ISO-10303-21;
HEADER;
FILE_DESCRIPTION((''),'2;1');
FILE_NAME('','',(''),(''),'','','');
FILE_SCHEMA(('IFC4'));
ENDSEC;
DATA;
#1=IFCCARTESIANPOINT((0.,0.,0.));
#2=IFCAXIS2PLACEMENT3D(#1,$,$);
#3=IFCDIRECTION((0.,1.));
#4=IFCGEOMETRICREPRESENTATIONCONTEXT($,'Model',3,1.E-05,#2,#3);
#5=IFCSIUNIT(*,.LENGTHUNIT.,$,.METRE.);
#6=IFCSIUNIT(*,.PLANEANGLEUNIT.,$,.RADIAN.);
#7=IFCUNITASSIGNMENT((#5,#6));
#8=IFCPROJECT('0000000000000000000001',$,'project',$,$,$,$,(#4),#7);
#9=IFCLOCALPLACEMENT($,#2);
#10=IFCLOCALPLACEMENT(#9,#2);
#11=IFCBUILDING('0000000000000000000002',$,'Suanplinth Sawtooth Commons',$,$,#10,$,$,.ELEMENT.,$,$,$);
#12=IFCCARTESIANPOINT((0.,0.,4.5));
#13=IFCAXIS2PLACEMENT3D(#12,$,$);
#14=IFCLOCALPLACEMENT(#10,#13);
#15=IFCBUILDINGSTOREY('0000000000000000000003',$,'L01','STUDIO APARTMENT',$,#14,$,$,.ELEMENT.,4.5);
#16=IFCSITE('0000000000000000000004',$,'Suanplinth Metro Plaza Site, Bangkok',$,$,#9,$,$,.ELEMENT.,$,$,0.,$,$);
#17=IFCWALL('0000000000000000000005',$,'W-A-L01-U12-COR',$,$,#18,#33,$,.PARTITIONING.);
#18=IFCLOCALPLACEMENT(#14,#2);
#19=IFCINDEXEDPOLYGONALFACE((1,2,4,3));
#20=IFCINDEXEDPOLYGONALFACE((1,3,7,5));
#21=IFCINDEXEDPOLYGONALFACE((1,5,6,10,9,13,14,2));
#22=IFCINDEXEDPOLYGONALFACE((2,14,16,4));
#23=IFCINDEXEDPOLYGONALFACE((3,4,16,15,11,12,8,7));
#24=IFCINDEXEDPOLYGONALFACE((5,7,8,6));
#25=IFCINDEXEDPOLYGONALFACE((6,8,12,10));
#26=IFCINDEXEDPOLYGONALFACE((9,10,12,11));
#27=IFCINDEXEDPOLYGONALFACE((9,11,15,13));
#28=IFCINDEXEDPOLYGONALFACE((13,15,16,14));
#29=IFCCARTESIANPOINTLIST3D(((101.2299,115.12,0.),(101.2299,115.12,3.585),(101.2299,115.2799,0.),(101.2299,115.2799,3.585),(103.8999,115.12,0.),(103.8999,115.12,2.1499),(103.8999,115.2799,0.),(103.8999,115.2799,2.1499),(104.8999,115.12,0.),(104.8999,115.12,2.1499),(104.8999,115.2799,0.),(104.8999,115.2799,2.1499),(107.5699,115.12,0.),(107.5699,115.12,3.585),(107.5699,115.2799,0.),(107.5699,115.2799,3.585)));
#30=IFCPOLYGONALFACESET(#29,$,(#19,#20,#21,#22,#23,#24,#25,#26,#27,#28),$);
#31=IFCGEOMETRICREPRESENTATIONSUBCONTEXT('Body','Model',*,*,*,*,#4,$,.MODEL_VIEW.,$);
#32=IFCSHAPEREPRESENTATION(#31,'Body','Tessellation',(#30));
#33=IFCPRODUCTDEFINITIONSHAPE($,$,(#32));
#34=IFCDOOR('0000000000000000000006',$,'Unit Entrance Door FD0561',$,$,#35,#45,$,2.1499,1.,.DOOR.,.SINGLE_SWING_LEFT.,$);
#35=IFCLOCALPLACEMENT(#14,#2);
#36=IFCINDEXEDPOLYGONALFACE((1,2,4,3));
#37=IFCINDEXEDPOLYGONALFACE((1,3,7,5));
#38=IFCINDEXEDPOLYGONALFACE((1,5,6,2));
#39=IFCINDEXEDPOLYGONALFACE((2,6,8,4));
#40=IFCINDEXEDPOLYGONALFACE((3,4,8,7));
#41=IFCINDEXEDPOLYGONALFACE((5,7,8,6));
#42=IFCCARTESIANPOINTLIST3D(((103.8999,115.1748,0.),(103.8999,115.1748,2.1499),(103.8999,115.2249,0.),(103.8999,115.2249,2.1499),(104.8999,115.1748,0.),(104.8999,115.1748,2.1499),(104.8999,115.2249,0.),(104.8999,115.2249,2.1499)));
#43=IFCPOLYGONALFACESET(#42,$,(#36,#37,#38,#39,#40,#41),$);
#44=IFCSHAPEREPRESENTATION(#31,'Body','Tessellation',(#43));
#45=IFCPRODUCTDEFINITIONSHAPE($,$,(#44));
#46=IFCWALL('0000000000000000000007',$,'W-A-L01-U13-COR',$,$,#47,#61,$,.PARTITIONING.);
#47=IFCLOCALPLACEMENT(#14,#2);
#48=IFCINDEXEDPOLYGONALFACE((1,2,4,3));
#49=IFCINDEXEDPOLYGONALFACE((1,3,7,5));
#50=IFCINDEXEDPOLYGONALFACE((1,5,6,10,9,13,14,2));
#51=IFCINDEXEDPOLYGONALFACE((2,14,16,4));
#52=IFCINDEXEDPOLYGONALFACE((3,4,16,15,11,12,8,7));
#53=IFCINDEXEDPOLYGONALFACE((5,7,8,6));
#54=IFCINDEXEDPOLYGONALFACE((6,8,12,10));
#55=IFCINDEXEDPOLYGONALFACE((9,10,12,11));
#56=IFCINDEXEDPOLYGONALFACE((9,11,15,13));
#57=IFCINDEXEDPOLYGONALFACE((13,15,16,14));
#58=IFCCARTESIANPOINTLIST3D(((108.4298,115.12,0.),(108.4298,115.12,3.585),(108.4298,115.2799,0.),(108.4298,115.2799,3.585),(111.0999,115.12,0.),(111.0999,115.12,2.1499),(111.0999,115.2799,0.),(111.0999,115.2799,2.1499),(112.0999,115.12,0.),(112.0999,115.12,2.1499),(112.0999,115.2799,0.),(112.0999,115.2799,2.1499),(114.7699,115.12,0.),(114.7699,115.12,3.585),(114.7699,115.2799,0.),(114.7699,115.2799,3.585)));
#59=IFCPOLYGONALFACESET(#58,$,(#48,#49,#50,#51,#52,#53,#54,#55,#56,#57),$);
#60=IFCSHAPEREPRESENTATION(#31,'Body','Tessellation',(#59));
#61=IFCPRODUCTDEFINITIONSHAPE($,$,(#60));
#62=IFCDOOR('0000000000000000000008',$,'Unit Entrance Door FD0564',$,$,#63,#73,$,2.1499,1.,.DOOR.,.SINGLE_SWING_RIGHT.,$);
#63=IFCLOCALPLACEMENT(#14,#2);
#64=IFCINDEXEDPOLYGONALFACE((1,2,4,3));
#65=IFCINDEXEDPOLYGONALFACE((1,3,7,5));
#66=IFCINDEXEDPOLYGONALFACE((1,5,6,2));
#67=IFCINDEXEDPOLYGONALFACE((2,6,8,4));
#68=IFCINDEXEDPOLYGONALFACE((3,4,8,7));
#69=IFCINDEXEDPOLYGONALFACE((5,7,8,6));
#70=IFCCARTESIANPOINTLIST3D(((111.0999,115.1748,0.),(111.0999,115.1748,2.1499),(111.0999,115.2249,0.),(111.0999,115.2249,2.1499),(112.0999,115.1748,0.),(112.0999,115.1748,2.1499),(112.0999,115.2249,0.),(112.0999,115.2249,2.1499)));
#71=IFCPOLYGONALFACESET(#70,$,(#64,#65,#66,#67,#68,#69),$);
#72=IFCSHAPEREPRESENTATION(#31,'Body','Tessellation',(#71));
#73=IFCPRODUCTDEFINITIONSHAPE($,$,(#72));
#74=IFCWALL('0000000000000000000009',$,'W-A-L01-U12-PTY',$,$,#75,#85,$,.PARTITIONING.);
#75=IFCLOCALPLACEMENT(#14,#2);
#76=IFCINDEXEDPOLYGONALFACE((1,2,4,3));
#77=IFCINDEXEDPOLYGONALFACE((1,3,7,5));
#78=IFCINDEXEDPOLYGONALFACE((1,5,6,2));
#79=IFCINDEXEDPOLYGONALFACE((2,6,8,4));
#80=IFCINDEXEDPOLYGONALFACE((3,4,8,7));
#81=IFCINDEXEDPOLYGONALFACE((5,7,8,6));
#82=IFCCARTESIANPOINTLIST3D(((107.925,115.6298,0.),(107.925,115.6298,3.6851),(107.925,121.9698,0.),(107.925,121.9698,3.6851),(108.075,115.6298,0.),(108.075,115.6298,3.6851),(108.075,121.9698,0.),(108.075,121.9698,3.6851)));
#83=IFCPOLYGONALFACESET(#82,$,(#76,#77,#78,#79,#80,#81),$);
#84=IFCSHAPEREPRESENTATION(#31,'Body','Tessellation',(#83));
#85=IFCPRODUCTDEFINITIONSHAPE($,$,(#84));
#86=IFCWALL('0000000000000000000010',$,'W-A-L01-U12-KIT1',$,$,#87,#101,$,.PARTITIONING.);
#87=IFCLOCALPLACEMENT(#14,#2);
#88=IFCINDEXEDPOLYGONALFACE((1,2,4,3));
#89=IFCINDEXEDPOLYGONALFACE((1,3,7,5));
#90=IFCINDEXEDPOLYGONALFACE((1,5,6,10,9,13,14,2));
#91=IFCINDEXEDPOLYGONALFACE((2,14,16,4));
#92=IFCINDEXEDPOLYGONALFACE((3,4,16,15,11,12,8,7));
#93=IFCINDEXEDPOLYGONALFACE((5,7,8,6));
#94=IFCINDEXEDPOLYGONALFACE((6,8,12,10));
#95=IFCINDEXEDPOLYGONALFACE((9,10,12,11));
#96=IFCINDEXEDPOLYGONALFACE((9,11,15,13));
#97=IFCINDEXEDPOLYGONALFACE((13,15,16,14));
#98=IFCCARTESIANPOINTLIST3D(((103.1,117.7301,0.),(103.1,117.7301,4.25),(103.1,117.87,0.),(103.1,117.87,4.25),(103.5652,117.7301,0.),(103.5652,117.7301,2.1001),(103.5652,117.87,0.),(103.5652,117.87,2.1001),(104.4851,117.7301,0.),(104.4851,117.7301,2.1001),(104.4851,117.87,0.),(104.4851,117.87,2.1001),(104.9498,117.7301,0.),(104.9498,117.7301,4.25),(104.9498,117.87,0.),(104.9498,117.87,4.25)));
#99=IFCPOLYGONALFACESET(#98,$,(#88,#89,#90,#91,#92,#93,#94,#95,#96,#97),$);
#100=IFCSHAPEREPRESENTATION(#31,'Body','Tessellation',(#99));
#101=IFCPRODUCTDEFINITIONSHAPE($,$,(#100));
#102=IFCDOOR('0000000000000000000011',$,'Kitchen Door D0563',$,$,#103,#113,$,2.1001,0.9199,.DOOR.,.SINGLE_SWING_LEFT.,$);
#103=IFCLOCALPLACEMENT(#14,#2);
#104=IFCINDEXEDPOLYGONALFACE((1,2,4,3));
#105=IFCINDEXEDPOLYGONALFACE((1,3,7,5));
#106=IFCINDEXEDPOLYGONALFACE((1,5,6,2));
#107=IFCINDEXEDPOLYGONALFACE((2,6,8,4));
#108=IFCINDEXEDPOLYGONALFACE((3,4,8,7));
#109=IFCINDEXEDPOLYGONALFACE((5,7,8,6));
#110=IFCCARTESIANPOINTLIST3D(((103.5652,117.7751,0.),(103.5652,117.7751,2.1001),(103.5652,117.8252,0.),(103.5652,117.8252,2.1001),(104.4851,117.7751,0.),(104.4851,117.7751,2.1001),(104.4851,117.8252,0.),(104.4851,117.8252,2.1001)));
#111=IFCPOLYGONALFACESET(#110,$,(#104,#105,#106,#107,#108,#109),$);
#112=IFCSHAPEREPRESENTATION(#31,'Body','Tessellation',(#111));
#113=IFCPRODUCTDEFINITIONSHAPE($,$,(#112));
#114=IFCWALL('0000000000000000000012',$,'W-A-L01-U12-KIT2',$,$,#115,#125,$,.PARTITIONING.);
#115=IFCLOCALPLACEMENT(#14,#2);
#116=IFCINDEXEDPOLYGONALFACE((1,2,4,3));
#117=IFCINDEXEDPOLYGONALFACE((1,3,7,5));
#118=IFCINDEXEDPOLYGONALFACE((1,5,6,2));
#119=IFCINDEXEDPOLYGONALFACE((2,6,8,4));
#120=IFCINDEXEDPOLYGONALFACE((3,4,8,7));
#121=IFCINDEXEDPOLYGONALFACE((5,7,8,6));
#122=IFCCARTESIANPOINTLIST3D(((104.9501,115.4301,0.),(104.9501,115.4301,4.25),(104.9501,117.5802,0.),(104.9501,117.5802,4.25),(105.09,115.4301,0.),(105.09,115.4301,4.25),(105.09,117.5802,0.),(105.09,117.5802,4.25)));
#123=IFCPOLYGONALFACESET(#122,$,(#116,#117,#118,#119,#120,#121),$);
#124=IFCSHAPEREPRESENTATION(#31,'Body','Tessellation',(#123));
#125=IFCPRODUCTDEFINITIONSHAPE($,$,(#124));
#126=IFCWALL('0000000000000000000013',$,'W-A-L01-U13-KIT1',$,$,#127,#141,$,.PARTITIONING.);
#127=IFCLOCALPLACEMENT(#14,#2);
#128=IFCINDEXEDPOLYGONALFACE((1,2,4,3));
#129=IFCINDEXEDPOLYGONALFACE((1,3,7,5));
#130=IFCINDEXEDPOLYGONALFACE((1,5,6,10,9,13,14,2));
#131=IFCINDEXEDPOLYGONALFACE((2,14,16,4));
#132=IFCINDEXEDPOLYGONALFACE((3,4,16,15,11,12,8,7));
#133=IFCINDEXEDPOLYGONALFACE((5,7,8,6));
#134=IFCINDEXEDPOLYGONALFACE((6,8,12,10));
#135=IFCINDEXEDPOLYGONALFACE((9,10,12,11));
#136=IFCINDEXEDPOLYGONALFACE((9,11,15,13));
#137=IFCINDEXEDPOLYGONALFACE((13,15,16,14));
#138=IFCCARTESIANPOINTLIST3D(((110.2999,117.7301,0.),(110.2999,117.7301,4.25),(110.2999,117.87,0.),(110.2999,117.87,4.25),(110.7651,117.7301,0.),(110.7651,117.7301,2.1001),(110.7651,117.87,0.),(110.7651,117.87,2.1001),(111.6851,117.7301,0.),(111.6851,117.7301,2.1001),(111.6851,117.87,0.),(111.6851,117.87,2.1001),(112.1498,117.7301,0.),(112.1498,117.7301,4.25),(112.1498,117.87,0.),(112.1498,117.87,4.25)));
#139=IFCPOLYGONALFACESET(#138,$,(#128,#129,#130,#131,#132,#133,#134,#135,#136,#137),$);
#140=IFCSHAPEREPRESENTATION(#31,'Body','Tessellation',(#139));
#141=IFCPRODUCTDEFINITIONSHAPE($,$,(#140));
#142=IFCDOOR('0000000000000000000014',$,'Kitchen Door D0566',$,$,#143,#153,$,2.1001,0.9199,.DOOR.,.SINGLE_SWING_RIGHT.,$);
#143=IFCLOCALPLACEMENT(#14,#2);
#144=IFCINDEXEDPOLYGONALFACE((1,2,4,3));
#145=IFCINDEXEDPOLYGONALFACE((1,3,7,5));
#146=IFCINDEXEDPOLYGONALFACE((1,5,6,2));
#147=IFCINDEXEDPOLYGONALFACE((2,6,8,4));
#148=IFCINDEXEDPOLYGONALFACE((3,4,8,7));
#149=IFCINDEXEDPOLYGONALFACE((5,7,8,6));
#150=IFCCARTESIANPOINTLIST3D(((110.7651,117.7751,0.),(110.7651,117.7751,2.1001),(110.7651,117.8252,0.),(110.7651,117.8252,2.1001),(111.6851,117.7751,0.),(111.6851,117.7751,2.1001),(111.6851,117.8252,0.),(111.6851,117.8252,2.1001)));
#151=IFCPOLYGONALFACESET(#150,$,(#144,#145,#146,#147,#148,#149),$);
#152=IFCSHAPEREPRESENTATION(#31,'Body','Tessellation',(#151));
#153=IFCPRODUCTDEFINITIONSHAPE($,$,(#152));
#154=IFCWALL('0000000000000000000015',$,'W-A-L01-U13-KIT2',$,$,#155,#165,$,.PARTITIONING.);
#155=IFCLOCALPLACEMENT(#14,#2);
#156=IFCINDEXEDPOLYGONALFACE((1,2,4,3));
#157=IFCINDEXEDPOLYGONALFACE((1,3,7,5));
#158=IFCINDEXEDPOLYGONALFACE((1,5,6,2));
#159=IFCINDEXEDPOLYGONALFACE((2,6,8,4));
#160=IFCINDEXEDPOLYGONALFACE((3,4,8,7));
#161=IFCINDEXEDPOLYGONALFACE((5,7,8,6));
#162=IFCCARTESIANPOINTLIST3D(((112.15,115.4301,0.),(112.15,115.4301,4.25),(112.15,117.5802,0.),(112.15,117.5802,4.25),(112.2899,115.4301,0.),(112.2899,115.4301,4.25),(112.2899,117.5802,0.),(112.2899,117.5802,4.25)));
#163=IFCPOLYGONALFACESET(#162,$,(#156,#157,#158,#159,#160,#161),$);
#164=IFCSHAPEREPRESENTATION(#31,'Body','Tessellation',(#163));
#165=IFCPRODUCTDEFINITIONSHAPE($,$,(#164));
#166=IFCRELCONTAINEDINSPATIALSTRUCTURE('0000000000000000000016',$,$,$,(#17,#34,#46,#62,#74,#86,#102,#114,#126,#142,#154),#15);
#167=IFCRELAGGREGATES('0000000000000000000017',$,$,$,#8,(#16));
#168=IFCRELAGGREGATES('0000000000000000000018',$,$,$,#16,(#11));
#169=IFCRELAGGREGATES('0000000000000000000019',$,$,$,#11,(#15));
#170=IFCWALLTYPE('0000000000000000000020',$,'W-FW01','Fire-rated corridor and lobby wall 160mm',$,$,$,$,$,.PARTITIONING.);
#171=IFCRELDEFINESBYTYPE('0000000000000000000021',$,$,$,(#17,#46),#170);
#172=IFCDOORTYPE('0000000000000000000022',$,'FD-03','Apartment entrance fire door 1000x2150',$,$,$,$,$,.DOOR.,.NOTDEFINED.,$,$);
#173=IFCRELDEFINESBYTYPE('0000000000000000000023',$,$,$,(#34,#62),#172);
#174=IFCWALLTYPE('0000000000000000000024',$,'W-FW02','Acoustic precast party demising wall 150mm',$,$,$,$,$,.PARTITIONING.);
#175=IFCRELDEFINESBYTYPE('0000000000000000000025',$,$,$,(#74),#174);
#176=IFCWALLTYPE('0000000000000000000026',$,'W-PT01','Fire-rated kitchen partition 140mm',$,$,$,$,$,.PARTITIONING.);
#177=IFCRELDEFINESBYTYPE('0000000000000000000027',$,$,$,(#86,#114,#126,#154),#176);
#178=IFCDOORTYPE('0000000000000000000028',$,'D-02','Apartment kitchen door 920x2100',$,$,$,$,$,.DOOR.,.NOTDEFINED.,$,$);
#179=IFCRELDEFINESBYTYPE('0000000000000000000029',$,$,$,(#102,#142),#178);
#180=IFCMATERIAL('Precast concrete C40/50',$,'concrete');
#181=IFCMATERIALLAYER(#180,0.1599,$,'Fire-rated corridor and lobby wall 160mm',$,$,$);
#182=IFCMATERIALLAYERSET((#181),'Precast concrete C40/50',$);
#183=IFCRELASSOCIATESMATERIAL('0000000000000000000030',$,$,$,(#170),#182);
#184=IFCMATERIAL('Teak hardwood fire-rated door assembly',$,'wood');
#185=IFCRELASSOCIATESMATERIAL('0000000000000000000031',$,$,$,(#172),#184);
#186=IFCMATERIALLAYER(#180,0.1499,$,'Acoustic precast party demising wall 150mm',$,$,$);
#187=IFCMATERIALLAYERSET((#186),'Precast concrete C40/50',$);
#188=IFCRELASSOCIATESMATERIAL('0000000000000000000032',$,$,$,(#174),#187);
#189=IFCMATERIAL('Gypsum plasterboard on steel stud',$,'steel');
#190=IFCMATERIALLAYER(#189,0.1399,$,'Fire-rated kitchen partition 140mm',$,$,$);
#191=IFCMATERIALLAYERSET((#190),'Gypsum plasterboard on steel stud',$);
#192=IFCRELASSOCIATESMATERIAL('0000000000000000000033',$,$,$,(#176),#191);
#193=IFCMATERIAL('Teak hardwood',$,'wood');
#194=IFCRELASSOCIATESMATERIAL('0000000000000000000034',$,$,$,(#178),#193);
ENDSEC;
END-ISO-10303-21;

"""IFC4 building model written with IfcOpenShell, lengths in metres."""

from ifc_helpers import new_model, si_unit, direction, frame, frame_2d, origin, place, context, subcontext, project, spatial, rectangle, extrude, material, layer, layer_set, type_object, element, fill, save


model = new_model("IFC4")

# Units and contexts
model_context = context("Model", 3, precision=1e-05, world=origin(), true_north=direction((0.0, 1.0)))
body_context = subcontext(model_context, "Body", "Model", "MODEL_VIEW")
ifc_project = project(units=[si_unit("LENGTHUNIT", "METRE"), si_unit("PLANEANGLEUNIT", "RADIAN")], contexts=[model_context])

# Site, building, storey
site_placement = place(None, origin())
site = spatial("IfcSite", under=ifc_project, at=site_placement, Name="Suanplinth Metro Plaza Site, Bangkok", CompositionType="ELEMENT", RefElevation=0.0)
building_placement = place(site_placement, origin())
building = spatial("IfcBuilding", under=site, at=building_placement, Name="Suanplinth Sawtooth Commons", CompositionType="ELEMENT")
storey_placement = place(building_placement, frame((0.0, 0.0, 4.5)))
storey = spatial("IfcBuildingStorey", under=building, at=storey_placement, Name="L01", Description="STUDIO APARTMENT", CompositionType="ELEMENT", Elevation=4.5)

# Shared definitions
ifc_material_1 = material(Name="Precast concrete C40/50", Category="concrete")

# Walls, openings, doors
ifc_layer_1 = layer(ifc_material_1, 0.1599, Name="Fire-rated corridor and lobby wall 160mm")
ifc_layer_set_1 = layer_set([ifc_layer_1], Name="Precast concrete C40/50")
wall_type_1 = type_object("IfcWallType", Name="W-FW01", Description="Fire-rated corridor and lobby wall 160mm", PredefinedType="PARTITIONING", material=ifc_layer_set_1)
wall_1_placement = place(storey_placement, frame((101.23, 115.2, 0.0), z_axis=(0.0, 0.0, 1.0), x_axis=(1.0, 0.0, 0.0)))
wall_1 = element("IfcWall", 1, at=wall_1_placement, inside=storey, type_object=wall_type_1, Name="W-A-L01-U12-COR", PredefinedType="PARTITIONING", context=body_context, shape_type="SweptSolid", body=[
    extrude(rectangle(XDim=6.3401, YDim=0.1599, at=frame_2d((3.1699, 0.0))), origin(), (0.0, 0.0, 1.0), 3.585),
])
opening_1_placement = place(wall_1_placement, frame((2.6699, 0.0, 0.0)))
opening_1 = element("IfcOpeningElement", 2, at=opening_1_placement, cuts=wall_1, PredefinedType="OPENING", context=body_context, shape_type="SweptSolid", body=[
    extrude(rectangle(XDim=1.0, YDim=2.1499, at=frame_2d((0.5, 1.075))), frame((0.0, 0.0947, 0.0), z_axis=(0.0, -1.0, 0.0), x_axis=(1.0, 0.0, 0.0)), (0.0, 0.0, 1.0), 0.1897),
])
ifc_material_2 = material(Name="Teak hardwood fire-rated door assembly", Category="wood")
door_type_1 = type_object("IfcDoorType", Name="FD-03", Description="Apartment entrance fire door 1000x2150", OperationType="NOTDEFINED", PredefinedType="DOOR", material=ifc_material_2)
door_1_placement = place(opening_1_placement, origin())
door_1 = element("IfcDoor", 3, at=door_1_placement, inside=storey, type_object=door_type_1, Name="Unit Entrance Door FD0561", OperationType="SINGLE_SWING_LEFT", OverallHeight=2.1499, OverallWidth=1.0, PredefinedType="DOOR", context=body_context, shape_type="SweptSolid", body=[
    extrude(rectangle(XDim=1.0, YDim=2.1499, at=frame_2d((0.5, 1.075))), frame((0.0, 0.0249, 0.0), z_axis=(0.0, -1.0, 0.0), x_axis=(1.0, 0.0, 0.0)), (0.0, 0.0, 1.0), 0.05),
])
fill(opening_1, door_1)
wall_2_placement = place(storey_placement, frame((108.4299, 115.2, 0.0), z_axis=(0.0, 0.0, 1.0), x_axis=(1.0, 0.0, 0.0)))
wall_2 = element("IfcWall", 4, at=wall_2_placement, inside=storey, type_object=wall_type_1, Name="W-A-L01-U13-COR", PredefinedType="PARTITIONING", context=body_context, shape_type="SweptSolid", body=[
    extrude(rectangle(XDim=6.3401, YDim=0.1599, at=frame_2d((3.1699, 0.0))), origin(), (0.0, 0.0, 1.0), 3.585),
])
opening_2_placement = place(wall_2_placement, frame((2.6699, 0.0, 0.0)))
opening_2 = element("IfcOpeningElement", 5, at=opening_2_placement, cuts=wall_2, PredefinedType="OPENING", context=body_context, shape_type="SweptSolid", body=[
    extrude(rectangle(XDim=1.0, YDim=2.1499, at=frame_2d((0.5, 1.075))), frame((0.0, 0.0947, 0.0), z_axis=(0.0, -1.0, 0.0), x_axis=(1.0, 0.0, 0.0)), (0.0, 0.0, 1.0), 0.1897),
])
door_2_placement = place(opening_2_placement, origin())
door_2 = element("IfcDoor", 6, at=door_2_placement, inside=storey, type_object=door_type_1, Name="Unit Entrance Door FD0564", OperationType="SINGLE_SWING_RIGHT", OverallHeight=2.1499, OverallWidth=1.0, PredefinedType="DOOR", context=body_context, shape_type="SweptSolid", body=[
    extrude(rectangle(XDim=1.0, YDim=2.1499, at=frame_2d((0.5, 1.075))), frame((0.0, 0.0249, 0.0), z_axis=(0.0, -1.0, 0.0), x_axis=(1.0, 0.0, 0.0)), (0.0, 0.0, 1.0), 0.05),
])
fill(opening_2, door_2)

# Wall
ifc_layer_2 = layer(ifc_material_1, 0.1499, Name="Acoustic precast party demising wall 150mm")
ifc_layer_set_2 = layer_set([ifc_layer_2], Name="Precast concrete C40/50")
wall_type_2 = type_object("IfcWallType", Name="W-FW02", Description="Acoustic precast party demising wall 150mm", PredefinedType="PARTITIONING", material=ifc_layer_set_2)
wall_3_placement = place(storey_placement, frame((108.0, 115.6299, 0.0), z_axis=(0.0, 0.0, 1.0), x_axis=(0.0, 1.0, 0.0)))
element("IfcWall", 7, at=wall_3_placement, inside=storey, type_object=wall_type_2, Name="W-A-L01-U12-PTY", PredefinedType="PARTITIONING", context=body_context, shape_type="SweptSolid", body=[
    extrude(rectangle(XDim=6.3401, YDim=0.1499, at=frame_2d((3.1699, 0.0))), origin(), (0.0, 0.0, 1.0), 3.6851),
])

# Wall, opening, door
ifc_material_3 = material(Name="Gypsum plasterboard on steel stud", Category="steel")
ifc_layer_3 = layer(ifc_material_3, 0.1399, Name="Fire-rated kitchen partition 140mm")
ifc_layer_set_3 = layer_set([ifc_layer_3], Name="Gypsum plasterboard on steel stud")
wall_type_3 = type_object("IfcWallType", Name="W-PT01", Description="Fire-rated kitchen partition 140mm", PredefinedType="PARTITIONING", material=ifc_layer_set_3)
wall_4_placement = place(storey_placement, frame((103.1001, 117.8, 0.0), z_axis=(0.0, 0.0, 1.0), x_axis=(1.0, 0.0, 0.0)))
wall_4 = element("IfcWall", 8, at=wall_4_placement, inside=storey, type_object=wall_type_3, Name="W-A-L01-U12-KIT1", PredefinedType="PARTITIONING", context=body_context, shape_type="SweptSolid", body=[
    extrude(rectangle(XDim=1.8499, YDim=0.1399, at=frame_2d((0.9248, 0.0))), origin(), (0.0, 0.0, 1.0), 4.25),
])
opening_3_placement = place(wall_4_placement, frame((0.4651, 0.0, 0.0)))
opening_3 = element("IfcOpeningElement", 9, at=opening_3_placement, cuts=wall_4, PredefinedType="OPENING", context=body_context, shape_type="SweptSolid", body=[
    extrude(rectangle(XDim=0.9199, YDim=2.1001, at=frame_2d((0.46, 1.05))), frame((0.0, 0.085, 0.0), z_axis=(0.0, -1.0, 0.0), x_axis=(1.0, 0.0, 0.0)), (0.0, 0.0, 1.0), 0.1697),
])
ifc_material_4 = material(Name="Teak hardwood", Category="wood")
door_type_2 = type_object("IfcDoorType", Name="D-02", Description="Apartment kitchen door 920x2100", OperationType="NOTDEFINED", PredefinedType="DOOR", material=ifc_material_4)
door_3_placement = place(opening_3_placement, frame((0.9199, 0.0, 0.0), z_axis=(0.0, 0.0, 1.0), x_axis=(-1.0, 0.0, 0.0)))
door_3 = element("IfcDoor", 10, at=door_3_placement, inside=storey, type_object=door_type_2, Name="Kitchen Door D0563", OperationType="SINGLE_SWING_LEFT", OverallHeight=2.1001, OverallWidth=0.9199, PredefinedType="DOOR", context=body_context, shape_type="SweptSolid", body=[
    extrude(rectangle(XDim=0.9199, YDim=2.1001, at=frame_2d((0.46, 1.05))), frame((0.0, 0.0249, 0.0), z_axis=(0.0, -1.0, 0.0), x_axis=(1.0, 0.0, 0.0)), (0.0, 0.0, 1.0), 0.05),
])
fill(opening_3, door_3)

# Wall
wall_5_placement = place(storey_placement, frame((105.02, 115.4299, 0.0), z_axis=(0.0, 0.0, 1.0), x_axis=(0.0, 1.0, 0.0)))
element("IfcWall", 11, at=wall_5_placement, inside=storey, type_object=wall_type_3, Name="W-A-L01-U12-KIT2", PredefinedType="PARTITIONING", context=body_context, shape_type="SweptSolid", body=[
    extrude(rectangle(XDim=2.1501, YDim=0.1399, at=frame_2d((1.0752, 0.0))), origin(), (0.0, 0.0, 1.0), 4.25),
])

# Wall, opening, door
wall_6_placement = place(storey_placement, frame((110.3, 117.8, 0.0), z_axis=(0.0, 0.0, 1.0), x_axis=(1.0, 0.0, 0.0)))
wall_6 = element("IfcWall", 12, at=wall_6_placement, inside=storey, type_object=wall_type_3, Name="W-A-L01-U13-KIT1", PredefinedType="PARTITIONING", context=body_context, shape_type="SweptSolid", body=[
    extrude(rectangle(XDim=1.8499, YDim=0.1399, at=frame_2d((0.9248, 0.0))), origin(), (0.0, 0.0, 1.0), 4.25),
])
opening_4_placement = place(wall_6_placement, frame((0.4651, 0.0, 0.0)))
opening_4 = element("IfcOpeningElement", 13, at=opening_4_placement, cuts=wall_6, PredefinedType="OPENING", context=body_context, shape_type="SweptSolid", body=[
    extrude(rectangle(XDim=0.9199, YDim=2.1001, at=frame_2d((0.46, 1.05))), frame((0.0, 0.085, 0.0), z_axis=(0.0, -1.0, 0.0), x_axis=(1.0, 0.0, 0.0)), (0.0, 0.0, 1.0), 0.1697),
])
door_4_placement = place(opening_4_placement, frame((0.9199, 0.0, 0.0), z_axis=(0.0, 0.0, 1.0), x_axis=(-1.0, 0.0, 0.0)))
door_4 = element("IfcDoor", 14, at=door_4_placement, inside=storey, type_object=door_type_2, Name="Kitchen Door D0566", OperationType="SINGLE_SWING_RIGHT", OverallHeight=2.1001, OverallWidth=0.9199, PredefinedType="DOOR", context=body_context, shape_type="SweptSolid", body=[
    extrude(rectangle(XDim=0.9199, YDim=2.1001, at=frame_2d((0.46, 1.05))), frame((0.0, 0.0249, 0.0), z_axis=(0.0, -1.0, 0.0), x_axis=(1.0, 0.0, 0.0)), (0.0, 0.0, 1.0), 0.05),
])
fill(opening_4, door_4)

# Wall
wall_7_placement = place(storey_placement, frame((112.22, 115.4299, 0.0), z_axis=(0.0, 0.0, 1.0), x_axis=(0.0, 1.0, 0.0)))
element("IfcWall", 15, at=wall_7_placement, inside=storey, type_object=wall_type_3, Name="W-A-L01-U13-KIT2", PredefinedType="PARTITIONING", context=body_context, shape_type="SweptSolid", body=[
    extrude(rectangle(XDim=2.1501, YDim=0.1399, at=frame_2d((1.0752, 0.0))), origin(), (0.0, 0.0, 1.0), 4.25),
])

save(model, "model.ifc")
